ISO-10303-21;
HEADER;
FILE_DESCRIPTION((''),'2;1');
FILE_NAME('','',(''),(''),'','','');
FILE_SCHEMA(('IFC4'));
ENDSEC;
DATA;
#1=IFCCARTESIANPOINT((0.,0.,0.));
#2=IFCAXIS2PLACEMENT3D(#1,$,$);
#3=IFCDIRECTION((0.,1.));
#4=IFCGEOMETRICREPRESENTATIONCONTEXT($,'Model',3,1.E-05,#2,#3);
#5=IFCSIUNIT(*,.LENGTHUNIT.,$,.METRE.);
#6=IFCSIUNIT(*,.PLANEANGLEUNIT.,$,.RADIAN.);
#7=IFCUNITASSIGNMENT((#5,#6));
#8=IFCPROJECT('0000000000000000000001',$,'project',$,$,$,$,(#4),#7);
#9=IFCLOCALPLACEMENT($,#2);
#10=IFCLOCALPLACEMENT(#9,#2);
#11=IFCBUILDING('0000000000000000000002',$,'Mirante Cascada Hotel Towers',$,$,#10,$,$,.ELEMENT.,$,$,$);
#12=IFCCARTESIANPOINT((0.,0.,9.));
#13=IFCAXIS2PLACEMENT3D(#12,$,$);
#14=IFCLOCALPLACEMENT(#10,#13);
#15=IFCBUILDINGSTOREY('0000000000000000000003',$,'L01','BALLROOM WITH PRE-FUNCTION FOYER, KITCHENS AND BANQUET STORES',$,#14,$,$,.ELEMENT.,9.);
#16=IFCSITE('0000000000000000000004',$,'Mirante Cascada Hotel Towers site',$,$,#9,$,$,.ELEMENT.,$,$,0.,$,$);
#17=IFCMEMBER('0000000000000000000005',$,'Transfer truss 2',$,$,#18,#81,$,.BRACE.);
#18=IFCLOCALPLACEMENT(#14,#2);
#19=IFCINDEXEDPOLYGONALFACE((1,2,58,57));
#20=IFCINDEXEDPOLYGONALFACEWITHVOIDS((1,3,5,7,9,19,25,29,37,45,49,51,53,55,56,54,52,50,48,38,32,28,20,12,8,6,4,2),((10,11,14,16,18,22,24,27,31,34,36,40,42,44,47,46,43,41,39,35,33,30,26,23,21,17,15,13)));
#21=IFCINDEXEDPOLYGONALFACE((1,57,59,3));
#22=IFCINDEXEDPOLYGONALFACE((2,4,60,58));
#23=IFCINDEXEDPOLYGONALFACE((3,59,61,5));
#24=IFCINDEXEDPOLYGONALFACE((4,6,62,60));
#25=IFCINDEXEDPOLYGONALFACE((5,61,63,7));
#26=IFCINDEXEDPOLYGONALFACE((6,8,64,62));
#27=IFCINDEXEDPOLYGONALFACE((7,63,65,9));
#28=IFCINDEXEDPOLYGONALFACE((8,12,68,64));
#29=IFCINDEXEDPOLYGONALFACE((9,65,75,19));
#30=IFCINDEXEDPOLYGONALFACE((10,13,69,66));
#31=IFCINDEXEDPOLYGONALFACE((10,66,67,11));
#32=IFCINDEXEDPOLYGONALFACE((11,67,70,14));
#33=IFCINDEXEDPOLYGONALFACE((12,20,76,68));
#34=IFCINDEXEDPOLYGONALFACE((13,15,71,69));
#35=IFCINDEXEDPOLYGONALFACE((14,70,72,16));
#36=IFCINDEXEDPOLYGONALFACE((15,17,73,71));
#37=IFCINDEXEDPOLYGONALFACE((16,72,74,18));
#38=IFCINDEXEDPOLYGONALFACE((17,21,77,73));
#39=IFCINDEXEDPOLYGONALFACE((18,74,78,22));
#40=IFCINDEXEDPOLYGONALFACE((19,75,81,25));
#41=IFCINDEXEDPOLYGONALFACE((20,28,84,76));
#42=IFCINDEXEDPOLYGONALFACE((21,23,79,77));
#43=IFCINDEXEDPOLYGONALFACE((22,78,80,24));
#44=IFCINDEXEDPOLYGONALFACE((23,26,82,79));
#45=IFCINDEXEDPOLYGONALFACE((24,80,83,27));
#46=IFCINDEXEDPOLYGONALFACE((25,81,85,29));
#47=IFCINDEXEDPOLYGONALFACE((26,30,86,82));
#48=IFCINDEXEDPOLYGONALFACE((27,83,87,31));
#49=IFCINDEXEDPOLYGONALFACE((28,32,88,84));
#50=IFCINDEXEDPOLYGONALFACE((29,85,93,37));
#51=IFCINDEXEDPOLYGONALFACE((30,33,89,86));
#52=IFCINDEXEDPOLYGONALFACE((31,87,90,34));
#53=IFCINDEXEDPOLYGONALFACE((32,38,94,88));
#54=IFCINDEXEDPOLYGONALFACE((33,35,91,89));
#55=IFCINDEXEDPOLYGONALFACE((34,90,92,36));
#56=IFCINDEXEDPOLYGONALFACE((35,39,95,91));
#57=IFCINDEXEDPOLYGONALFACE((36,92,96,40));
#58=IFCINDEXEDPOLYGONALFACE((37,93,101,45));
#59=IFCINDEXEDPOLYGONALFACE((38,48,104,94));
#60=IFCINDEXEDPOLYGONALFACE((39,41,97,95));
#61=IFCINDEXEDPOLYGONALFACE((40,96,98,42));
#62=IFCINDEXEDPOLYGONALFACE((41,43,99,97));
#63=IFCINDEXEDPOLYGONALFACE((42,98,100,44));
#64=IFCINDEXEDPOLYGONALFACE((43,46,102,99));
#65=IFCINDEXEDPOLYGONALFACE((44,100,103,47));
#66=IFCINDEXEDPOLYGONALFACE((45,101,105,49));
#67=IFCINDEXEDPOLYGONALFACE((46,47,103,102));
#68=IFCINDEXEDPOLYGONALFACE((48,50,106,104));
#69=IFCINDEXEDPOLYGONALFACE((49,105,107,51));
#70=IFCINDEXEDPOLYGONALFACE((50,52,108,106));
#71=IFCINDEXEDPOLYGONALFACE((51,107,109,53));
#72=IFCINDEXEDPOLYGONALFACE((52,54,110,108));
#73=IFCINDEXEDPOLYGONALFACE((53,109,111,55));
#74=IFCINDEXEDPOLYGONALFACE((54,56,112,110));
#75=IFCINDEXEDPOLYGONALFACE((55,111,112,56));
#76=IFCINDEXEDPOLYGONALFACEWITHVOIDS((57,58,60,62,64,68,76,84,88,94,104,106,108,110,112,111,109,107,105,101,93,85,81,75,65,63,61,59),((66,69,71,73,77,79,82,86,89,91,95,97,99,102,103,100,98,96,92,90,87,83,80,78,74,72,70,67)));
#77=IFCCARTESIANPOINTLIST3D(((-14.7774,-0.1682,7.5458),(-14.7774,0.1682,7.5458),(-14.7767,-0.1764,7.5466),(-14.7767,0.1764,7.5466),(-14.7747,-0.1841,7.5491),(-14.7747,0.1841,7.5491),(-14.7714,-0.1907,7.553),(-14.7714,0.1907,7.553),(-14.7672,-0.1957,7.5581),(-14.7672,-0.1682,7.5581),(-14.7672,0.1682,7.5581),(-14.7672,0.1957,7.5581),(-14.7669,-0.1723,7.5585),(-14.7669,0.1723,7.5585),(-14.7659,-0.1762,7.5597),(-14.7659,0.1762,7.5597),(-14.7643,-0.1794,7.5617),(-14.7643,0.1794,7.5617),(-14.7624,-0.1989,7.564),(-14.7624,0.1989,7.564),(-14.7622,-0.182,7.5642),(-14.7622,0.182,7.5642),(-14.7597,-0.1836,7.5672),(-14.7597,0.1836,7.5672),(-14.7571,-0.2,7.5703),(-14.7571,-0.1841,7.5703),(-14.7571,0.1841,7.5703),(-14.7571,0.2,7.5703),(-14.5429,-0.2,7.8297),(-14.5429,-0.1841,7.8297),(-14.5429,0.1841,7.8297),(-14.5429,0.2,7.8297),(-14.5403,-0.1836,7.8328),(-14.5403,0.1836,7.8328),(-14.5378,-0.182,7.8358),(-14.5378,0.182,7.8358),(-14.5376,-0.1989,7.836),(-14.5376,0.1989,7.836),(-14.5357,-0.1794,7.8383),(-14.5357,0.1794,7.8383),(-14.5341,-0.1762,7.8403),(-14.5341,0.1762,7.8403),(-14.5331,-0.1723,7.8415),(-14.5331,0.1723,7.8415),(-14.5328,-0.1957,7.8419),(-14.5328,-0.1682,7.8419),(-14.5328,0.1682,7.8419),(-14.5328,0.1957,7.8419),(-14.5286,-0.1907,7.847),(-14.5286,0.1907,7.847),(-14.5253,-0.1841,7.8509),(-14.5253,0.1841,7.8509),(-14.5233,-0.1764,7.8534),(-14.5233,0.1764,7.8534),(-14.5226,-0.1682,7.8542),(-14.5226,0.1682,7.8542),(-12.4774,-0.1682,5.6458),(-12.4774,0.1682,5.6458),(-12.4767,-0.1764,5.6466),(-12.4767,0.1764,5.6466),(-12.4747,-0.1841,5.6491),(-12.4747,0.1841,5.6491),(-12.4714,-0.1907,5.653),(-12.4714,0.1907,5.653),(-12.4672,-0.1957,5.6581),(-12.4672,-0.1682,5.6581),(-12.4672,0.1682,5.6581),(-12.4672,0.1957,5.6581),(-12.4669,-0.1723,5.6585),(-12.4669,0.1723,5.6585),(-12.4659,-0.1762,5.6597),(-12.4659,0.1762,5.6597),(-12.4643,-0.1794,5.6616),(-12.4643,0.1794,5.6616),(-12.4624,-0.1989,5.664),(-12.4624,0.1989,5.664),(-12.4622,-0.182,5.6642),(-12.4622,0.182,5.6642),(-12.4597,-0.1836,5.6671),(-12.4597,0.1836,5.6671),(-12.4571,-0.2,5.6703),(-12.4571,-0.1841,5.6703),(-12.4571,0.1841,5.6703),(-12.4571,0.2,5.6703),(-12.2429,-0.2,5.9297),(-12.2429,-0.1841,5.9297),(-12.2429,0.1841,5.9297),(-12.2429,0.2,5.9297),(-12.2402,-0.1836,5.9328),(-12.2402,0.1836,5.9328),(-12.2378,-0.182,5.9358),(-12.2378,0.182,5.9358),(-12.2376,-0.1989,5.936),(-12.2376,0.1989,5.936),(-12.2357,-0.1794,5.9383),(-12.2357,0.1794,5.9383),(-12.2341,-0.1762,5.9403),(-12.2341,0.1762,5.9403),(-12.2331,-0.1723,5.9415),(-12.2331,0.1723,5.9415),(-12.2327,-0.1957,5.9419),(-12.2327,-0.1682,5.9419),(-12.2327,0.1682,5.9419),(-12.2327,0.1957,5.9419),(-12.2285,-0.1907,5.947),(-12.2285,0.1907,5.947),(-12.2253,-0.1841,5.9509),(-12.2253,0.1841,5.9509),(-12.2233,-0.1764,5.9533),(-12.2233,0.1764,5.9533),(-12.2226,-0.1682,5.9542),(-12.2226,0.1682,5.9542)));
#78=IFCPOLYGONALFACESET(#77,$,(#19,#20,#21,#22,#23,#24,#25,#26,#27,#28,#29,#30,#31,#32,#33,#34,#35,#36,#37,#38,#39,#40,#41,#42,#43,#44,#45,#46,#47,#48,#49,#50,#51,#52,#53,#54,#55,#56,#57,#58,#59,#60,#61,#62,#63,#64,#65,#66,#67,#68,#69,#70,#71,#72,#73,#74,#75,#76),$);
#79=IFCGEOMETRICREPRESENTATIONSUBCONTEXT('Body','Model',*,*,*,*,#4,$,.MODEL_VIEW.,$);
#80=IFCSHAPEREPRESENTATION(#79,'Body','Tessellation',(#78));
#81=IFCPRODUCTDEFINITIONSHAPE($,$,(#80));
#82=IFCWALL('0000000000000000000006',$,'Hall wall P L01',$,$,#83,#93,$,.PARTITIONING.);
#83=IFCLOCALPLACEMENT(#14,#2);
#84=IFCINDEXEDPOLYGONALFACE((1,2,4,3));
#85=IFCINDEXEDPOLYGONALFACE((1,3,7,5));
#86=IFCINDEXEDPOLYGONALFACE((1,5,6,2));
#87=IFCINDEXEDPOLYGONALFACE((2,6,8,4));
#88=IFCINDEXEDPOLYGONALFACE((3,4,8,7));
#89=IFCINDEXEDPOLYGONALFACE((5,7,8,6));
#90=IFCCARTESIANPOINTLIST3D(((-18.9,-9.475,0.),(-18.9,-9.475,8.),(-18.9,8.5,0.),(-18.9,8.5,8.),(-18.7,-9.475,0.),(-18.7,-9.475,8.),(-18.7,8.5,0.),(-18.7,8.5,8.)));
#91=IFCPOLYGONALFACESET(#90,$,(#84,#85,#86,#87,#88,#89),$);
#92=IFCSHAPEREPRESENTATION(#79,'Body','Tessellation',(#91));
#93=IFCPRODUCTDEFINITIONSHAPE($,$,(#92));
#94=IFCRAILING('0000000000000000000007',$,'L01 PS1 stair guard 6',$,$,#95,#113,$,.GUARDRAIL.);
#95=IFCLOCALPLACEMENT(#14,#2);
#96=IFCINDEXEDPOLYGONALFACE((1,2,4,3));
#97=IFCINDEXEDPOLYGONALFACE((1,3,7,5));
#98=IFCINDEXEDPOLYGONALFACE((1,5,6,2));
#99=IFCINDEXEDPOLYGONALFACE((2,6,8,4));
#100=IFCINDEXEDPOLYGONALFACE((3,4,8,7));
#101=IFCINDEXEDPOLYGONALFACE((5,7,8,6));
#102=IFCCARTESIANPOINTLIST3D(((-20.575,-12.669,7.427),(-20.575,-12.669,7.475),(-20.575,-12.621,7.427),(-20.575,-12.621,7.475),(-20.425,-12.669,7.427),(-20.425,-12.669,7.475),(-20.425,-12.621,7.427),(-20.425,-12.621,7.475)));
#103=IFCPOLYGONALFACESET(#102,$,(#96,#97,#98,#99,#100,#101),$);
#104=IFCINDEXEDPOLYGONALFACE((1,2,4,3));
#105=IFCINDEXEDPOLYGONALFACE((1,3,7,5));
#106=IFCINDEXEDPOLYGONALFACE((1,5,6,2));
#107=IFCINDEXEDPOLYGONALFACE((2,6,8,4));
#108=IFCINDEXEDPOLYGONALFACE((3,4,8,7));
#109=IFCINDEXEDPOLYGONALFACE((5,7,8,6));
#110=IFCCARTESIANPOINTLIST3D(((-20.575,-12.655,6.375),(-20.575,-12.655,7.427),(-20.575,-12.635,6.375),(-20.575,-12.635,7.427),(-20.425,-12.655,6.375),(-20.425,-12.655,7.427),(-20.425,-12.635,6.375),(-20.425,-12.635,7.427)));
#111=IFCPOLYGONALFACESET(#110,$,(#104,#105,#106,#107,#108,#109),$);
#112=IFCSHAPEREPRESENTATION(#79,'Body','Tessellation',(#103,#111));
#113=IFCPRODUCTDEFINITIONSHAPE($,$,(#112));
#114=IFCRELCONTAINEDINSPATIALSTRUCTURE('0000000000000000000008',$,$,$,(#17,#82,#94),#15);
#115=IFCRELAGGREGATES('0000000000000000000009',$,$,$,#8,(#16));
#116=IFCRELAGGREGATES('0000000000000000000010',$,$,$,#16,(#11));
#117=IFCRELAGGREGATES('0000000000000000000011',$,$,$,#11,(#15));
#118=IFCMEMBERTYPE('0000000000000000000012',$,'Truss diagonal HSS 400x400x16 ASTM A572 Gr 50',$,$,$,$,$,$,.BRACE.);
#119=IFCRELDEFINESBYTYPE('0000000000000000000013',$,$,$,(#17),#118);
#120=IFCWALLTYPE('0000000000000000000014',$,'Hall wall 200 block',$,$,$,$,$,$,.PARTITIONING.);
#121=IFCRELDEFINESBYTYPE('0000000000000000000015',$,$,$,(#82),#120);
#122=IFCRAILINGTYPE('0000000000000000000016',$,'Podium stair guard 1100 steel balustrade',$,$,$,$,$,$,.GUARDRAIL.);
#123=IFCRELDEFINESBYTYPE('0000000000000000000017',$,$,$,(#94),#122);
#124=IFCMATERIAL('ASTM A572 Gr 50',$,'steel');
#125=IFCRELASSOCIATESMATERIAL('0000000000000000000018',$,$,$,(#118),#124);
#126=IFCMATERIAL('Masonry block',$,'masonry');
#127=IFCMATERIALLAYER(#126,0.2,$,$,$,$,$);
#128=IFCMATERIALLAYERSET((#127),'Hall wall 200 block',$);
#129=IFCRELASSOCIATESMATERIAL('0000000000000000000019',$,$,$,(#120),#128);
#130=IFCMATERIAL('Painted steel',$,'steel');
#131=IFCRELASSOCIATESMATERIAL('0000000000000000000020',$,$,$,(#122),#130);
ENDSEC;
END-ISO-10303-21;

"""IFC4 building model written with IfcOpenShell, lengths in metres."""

from ifc_helpers import new_model, si_unit, direction, frame, frame_2d, origin, origin_2d, place, context, subcontext, project, spatial, rectangle, hollow_rectangle, extrude, material, layer, layer_set, material_profile, profile_set, type_object, element, save


model = new_model("IFC4")

# Units and contexts
model_context = context("Model", 3, precision=1e-05, world=origin(), true_north=direction((0.0, 1.0)))
body_context = subcontext(model_context, "Body", "Model", "MODEL_VIEW")
ifc_project = project(units=[si_unit("LENGTHUNIT", "METRE"), si_unit("PLANEANGLEUNIT", "RADIAN")], contexts=[model_context])

# Site, building, storey
site_placement = place(None, origin())
site = spatial("IfcSite", under=ifc_project, at=site_placement, Name="Mirante Cascada Hotel Towers site", CompositionType="ELEMENT", RefElevation=0.0)
building_placement = place(site_placement, origin())
building = spatial("IfcBuilding", under=site, at=building_placement, Name="Mirante Cascada Hotel Towers", CompositionType="ELEMENT")
storey_placement = place(building_placement, frame((0.0, 0.0, 9.0)))
storey = spatial("IfcBuildingStorey", under=building, at=storey_placement, Name="L01", Description="BALLROOM WITH PRE-FUNCTION FOYER, KITCHENS AND BANQUET STORES", CompositionType="ELEMENT", Elevation=9.0)

# Member
ifc_material_1 = material(Name="ASTM A572 Gr 50", Category="steel")
ifc_material_profile_1 = material_profile(ifc_material_1, hollow_rectangle(XDim=0.4, YDim=0.4, WallThickness=0.0159, InnerFilletRadius=0.0159, OuterFilletRadius=0.0318, at=origin_2d()), Name="HSS 400x400x16")
ifc_profile_set_1 = profile_set([ifc_material_profile_1], Name="ASTM A572 Gr 50")
member_type_1 = type_object("IfcMemberType", Name="Truss diagonal HSS 400x400x16 ASTM A572 Gr 50", PredefinedType="BRACE", material=ifc_profile_set_1)
for number, where, z_axis, x_axis, name in (
    (1, (-14.65, 0.0, 7.7), (0.770962, 0.0, -0.636881), (0.0, 1.0, 0.0), "Transfer truss 2"),
):
    element("IfcMember", number, at=place(storey_placement, frame(where, z_axis=z_axis, x_axis=x_axis)), inside=storey, type_object=member_type_1, Name=name, PredefinedType="BRACE", context=body_context, shape_type="SweptSolid", body=[
        extrude(hollow_rectangle(XDim=0.4, YDim=0.4, WallThickness=0.0159, InnerFilletRadius=0.0159, OuterFilletRadius=0.0318, at=origin_2d()), origin(), (0.0, 0.0, 1.0), 2.9833),
    ])

# Wall
ifc_material_2 = material(Name="Masonry block", Category="masonry")
ifc_layer = layer(ifc_material_2, 0.2)
ifc_layer_set = layer_set([ifc_layer], Name="Hall wall 200 block")
wall_type = type_object("IfcWallType", Name="Hall wall 200 block", PredefinedType="PARTITIONING", material=ifc_layer_set)
wall_placement = place(storey_placement, frame((-18.8, -9.475, 0.0), z_axis=(0.0, 0.0, 1.0), x_axis=(0.0, 1.0, 0.0)))
element("IfcWall", 2, at=wall_placement, inside=storey, type_object=wall_type, Name="Hall wall P L01", PredefinedType="PARTITIONING", context=body_context, shape_type="SweptSolid", body=[
    extrude(rectangle(XDim=17.975, YDim=0.2, at=frame_2d((8.9875, 0.0))), origin(), (0.0, 0.0, 1.0), 8.0),
])

# Railing
ifc_material_3 = material(Name="Painted steel", Category="steel")
railing_type = type_object("IfcRailingType", Name="Podium stair guard 1100 steel balustrade", PredefinedType="GUARDRAIL", material=ifc_material_3)
railing_placement = place(storey_placement, frame((-20.425, -12.645, 6.375)))
element("IfcRailing", 3, at=railing_placement, inside=storey, type_object=railing_type, Name="L01 PS1 stair guard 6", PredefinedType="GUARDRAIL", context=body_context, shape_type="SweptSolid", body=[
    extrude(rectangle(XDim=0.048, YDim=0.048, at=origin_2d()), frame((0.0, 0.0, 1.076), z_axis=(-1.0, 0.0, 0.0), x_axis=(0.0, -1.0, 0.0)), (0.0, 0.0, 1.0), 0.15),
    extrude(rectangle(XDim=0.02, YDim=1.052, at=origin_2d()), frame((0.0, 0.0, 0.526), z_axis=(-1.0, 0.0, 0.0), x_axis=(0.0, -1.0, 0.0)), (0.0, 0.0, 1.0), 0.15),
])

save(model, "model.ifc")
